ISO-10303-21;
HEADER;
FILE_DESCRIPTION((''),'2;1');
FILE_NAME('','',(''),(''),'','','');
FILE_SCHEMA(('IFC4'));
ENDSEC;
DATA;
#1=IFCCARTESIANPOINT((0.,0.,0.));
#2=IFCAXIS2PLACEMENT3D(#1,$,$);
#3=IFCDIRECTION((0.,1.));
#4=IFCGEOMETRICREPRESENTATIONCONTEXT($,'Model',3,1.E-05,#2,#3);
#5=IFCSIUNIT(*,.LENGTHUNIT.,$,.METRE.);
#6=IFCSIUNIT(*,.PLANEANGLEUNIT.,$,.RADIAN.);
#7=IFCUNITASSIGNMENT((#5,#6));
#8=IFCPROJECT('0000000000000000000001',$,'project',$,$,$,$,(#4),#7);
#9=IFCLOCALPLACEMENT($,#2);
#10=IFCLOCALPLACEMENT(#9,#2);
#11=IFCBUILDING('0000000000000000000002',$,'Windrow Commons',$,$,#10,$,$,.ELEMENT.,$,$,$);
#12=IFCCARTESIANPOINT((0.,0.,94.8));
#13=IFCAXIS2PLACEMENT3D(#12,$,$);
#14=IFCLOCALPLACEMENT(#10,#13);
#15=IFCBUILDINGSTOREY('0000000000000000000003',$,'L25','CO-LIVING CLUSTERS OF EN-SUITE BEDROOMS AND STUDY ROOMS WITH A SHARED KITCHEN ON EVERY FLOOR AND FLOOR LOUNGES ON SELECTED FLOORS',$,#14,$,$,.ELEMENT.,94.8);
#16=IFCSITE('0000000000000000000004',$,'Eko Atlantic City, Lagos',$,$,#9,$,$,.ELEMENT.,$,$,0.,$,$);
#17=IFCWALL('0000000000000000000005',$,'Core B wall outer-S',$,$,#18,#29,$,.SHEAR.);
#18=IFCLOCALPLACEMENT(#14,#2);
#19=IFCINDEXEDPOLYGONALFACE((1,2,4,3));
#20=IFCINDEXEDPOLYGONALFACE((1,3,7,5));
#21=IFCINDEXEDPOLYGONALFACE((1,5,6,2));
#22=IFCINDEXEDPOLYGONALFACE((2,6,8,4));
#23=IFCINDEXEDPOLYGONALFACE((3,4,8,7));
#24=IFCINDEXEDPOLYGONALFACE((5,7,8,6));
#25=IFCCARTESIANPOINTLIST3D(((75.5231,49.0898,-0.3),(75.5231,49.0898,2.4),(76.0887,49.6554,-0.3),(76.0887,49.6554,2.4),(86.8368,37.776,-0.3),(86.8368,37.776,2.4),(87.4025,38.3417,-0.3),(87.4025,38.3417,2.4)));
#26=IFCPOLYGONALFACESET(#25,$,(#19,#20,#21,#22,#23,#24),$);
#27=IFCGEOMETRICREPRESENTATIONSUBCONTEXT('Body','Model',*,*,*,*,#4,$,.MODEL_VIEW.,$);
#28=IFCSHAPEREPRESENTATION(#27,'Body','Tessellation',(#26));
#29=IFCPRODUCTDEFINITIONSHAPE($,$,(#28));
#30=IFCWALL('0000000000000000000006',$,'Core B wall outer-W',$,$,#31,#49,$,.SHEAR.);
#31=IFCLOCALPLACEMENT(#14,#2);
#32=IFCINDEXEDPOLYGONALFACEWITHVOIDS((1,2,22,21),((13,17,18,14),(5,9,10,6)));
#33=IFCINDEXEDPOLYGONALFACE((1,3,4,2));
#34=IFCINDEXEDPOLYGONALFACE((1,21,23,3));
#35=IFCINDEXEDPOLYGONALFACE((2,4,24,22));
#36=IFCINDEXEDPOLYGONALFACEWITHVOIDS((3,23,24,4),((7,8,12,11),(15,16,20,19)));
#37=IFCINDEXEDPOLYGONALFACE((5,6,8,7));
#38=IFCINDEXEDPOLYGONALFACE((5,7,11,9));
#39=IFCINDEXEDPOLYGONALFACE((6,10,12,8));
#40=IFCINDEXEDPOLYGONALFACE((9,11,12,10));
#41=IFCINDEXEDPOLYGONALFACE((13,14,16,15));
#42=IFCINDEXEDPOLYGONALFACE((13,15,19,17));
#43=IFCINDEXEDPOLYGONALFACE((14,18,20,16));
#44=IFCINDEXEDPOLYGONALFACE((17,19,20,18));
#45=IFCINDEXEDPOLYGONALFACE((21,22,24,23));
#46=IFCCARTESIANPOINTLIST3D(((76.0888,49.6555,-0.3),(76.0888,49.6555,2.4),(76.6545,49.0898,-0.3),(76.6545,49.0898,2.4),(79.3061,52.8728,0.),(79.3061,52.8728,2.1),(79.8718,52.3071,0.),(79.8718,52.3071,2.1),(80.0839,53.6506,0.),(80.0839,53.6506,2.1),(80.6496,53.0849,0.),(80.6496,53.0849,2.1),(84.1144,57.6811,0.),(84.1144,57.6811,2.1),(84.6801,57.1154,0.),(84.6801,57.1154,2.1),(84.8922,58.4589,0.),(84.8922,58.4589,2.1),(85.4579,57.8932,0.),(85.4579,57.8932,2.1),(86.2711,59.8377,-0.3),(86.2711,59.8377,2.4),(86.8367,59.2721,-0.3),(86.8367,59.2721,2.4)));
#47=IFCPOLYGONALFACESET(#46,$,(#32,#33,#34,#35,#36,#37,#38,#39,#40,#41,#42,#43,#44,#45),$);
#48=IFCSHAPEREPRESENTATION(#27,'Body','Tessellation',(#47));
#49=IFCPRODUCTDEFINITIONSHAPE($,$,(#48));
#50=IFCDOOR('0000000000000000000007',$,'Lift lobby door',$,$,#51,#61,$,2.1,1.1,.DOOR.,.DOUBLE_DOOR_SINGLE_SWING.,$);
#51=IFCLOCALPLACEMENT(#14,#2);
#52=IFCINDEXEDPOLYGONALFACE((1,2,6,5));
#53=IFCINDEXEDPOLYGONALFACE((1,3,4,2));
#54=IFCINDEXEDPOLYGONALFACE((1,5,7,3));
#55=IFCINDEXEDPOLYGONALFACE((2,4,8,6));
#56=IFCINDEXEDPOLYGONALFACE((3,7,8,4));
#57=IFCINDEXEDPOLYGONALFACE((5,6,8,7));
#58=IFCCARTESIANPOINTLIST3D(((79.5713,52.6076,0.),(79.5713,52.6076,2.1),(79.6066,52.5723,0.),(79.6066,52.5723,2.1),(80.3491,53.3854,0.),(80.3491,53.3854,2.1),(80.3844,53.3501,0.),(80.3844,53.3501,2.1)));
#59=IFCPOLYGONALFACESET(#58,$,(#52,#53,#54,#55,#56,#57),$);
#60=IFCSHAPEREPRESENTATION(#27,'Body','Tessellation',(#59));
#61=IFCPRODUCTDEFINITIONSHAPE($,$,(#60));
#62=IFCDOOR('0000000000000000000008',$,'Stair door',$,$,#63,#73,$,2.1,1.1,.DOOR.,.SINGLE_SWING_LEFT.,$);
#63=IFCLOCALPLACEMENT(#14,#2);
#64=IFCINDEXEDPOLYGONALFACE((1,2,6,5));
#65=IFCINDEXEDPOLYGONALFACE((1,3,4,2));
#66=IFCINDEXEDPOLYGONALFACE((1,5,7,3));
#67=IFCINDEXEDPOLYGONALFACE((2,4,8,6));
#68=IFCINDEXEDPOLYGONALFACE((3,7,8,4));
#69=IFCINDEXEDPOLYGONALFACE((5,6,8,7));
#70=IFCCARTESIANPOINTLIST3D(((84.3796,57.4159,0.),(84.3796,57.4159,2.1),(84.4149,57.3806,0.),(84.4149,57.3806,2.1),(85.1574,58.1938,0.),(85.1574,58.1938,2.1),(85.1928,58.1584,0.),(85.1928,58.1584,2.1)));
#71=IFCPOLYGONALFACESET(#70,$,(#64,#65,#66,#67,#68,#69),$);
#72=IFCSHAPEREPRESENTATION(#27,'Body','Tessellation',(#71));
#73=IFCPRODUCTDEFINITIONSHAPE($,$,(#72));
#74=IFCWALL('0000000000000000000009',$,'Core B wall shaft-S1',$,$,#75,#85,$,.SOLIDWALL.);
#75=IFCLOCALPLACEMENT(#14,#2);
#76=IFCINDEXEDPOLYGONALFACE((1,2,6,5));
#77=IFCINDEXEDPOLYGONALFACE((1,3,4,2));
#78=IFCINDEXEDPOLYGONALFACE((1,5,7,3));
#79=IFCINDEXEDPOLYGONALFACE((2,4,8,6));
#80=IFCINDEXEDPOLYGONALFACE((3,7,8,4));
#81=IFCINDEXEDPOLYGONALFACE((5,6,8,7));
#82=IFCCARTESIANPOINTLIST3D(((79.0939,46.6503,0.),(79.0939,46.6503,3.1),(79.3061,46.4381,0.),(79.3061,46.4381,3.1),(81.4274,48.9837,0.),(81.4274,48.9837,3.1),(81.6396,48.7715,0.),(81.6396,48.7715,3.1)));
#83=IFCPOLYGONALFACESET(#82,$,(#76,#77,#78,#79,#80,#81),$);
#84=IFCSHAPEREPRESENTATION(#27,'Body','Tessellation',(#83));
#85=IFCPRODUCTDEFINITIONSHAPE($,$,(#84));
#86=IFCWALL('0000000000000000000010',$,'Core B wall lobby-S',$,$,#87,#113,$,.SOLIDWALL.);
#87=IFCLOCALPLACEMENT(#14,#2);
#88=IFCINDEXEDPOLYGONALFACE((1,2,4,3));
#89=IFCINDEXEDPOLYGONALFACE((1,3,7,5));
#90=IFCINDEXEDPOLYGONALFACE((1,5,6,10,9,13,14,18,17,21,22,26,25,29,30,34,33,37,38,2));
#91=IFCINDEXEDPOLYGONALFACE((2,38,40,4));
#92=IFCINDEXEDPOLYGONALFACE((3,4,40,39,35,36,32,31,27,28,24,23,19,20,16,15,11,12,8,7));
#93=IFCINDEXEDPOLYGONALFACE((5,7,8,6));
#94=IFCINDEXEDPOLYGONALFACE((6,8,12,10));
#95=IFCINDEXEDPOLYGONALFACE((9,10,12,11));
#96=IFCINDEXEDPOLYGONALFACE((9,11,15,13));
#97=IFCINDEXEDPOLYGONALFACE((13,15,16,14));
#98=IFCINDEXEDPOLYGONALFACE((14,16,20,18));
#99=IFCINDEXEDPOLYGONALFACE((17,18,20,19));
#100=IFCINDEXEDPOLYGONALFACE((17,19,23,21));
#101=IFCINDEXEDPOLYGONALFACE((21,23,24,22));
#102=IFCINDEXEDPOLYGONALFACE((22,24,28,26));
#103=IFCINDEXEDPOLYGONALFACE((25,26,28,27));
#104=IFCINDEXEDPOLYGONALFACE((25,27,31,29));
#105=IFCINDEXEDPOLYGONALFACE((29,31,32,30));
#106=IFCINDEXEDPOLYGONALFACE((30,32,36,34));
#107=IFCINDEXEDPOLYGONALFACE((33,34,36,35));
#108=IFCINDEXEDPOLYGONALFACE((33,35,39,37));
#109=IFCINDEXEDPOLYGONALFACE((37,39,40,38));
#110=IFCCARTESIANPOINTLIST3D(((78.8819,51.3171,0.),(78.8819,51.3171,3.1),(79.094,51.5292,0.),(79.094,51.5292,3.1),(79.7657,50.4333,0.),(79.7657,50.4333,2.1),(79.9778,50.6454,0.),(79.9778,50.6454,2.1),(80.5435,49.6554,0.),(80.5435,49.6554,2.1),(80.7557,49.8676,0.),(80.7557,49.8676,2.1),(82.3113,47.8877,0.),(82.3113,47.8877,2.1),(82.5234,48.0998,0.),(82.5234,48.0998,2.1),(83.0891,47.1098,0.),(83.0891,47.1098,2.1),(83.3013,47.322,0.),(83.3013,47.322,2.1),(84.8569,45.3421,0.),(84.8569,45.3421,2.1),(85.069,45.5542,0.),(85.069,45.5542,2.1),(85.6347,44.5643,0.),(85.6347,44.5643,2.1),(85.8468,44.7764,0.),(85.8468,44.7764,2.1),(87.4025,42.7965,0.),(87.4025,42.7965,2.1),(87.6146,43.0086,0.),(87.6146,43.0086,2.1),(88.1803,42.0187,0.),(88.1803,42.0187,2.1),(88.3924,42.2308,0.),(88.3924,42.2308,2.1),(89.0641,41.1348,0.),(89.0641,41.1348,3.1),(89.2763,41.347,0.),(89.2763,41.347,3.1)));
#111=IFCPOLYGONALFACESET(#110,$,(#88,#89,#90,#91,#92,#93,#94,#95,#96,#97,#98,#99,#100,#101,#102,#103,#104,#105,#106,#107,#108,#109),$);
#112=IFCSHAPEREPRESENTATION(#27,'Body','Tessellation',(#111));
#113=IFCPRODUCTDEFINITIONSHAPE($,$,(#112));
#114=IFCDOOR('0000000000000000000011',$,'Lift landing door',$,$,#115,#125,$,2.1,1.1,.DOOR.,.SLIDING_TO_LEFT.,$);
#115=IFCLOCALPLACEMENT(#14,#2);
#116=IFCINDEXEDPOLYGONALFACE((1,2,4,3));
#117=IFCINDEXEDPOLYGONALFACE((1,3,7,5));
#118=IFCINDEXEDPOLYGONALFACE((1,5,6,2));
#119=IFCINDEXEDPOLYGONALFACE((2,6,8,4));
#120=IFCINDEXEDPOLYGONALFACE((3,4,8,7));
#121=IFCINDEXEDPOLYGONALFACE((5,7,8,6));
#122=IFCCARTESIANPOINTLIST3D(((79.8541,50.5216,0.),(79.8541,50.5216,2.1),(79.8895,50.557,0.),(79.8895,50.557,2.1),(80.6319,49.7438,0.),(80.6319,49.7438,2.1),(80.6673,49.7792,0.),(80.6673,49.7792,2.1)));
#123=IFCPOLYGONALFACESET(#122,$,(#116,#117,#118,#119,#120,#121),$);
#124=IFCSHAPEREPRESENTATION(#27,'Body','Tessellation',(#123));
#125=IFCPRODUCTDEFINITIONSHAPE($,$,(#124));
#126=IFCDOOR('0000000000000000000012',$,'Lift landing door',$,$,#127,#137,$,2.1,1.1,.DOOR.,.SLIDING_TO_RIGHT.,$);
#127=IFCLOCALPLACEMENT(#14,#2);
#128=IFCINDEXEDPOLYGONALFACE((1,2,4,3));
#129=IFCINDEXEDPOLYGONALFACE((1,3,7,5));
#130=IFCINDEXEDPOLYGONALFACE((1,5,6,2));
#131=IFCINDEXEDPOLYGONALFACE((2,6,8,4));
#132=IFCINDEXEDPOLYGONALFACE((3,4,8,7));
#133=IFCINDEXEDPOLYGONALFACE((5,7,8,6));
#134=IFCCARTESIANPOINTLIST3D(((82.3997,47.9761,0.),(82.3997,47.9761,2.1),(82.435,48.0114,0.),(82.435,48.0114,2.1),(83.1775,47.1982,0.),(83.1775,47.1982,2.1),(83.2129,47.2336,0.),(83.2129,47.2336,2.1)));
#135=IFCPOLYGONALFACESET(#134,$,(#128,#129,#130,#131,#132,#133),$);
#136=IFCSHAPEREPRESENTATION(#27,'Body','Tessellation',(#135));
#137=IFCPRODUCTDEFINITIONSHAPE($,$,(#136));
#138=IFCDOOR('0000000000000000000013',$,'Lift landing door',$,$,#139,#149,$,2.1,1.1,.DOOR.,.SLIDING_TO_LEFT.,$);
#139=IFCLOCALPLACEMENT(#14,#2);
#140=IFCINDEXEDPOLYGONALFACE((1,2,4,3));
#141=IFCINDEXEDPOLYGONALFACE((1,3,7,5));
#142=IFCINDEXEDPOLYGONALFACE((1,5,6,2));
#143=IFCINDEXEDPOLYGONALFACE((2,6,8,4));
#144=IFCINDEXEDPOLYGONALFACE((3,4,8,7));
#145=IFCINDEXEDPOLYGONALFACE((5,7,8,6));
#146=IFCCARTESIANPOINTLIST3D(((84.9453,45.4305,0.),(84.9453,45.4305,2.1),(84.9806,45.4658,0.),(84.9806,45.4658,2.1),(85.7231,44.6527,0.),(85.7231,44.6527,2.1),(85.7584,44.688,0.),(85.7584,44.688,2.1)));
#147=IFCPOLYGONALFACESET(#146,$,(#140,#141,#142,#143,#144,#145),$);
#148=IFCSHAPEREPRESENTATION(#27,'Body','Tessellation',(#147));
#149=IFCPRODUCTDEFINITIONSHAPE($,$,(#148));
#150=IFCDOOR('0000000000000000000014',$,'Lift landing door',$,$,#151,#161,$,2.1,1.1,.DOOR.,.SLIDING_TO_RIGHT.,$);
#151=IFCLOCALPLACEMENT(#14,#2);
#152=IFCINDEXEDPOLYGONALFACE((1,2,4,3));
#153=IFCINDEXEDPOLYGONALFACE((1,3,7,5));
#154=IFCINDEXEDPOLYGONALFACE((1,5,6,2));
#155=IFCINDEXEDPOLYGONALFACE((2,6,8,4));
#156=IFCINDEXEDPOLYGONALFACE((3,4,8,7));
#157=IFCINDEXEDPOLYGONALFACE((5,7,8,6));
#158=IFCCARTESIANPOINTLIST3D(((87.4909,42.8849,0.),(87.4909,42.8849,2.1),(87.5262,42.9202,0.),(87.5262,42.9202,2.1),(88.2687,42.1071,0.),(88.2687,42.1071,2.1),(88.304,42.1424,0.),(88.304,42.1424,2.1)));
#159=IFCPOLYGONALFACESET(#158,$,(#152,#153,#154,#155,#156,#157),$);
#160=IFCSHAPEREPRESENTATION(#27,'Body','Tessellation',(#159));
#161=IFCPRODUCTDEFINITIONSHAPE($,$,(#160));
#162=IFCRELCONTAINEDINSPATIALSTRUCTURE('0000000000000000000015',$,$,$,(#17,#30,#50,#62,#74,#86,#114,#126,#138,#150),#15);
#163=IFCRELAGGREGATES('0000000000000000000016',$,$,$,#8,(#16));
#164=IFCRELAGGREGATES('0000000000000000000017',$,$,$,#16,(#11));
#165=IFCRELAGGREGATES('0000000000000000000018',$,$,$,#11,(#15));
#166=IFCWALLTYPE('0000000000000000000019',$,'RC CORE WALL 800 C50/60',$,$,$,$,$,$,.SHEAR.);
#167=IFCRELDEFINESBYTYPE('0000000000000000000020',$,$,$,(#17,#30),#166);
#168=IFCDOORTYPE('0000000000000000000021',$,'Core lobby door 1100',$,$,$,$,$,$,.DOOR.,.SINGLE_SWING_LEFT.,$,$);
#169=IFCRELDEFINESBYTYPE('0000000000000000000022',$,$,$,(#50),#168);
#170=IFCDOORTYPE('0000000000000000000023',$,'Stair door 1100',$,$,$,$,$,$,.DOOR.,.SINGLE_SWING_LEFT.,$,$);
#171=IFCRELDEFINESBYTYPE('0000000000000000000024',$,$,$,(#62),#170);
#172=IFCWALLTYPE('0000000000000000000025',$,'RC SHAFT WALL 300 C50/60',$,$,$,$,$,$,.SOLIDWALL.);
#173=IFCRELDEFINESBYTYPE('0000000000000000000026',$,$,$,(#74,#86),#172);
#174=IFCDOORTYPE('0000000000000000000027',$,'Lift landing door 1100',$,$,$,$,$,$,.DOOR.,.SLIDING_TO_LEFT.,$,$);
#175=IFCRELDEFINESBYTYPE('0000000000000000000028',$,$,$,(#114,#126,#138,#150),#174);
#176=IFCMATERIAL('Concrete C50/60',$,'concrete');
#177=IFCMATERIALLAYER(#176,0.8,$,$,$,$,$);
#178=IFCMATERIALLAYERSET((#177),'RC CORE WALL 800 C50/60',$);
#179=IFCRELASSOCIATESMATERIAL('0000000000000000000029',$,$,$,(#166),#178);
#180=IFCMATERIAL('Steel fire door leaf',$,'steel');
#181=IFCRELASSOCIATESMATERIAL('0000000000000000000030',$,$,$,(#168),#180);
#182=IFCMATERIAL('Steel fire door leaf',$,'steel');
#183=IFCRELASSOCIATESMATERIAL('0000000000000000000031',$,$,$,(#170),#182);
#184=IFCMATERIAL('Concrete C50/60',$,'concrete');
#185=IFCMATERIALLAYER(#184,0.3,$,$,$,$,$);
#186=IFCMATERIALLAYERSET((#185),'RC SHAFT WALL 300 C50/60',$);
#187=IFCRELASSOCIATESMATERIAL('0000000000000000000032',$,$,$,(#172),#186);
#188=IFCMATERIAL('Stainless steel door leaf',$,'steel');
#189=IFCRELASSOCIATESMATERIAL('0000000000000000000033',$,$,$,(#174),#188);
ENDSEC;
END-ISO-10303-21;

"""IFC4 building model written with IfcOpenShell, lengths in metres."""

from ifc_helpers import new_model, si_unit, direction, frame, frame_2d, origin, place, context, subcontext, project, spatial, rectangle, extrude, material, layer, layer_set, type_object, element, fill, save


model = new_model("IFC4")

# Units and contexts
model_context = context("Model", 3, precision=1e-05, world=origin(), true_north=direction((0.0, 1.0)))
body_context = subcontext(model_context, "Body", "Model", "MODEL_VIEW")
ifc_project = project(units=[si_unit("LENGTHUNIT", "METRE"), si_unit("PLANEANGLEUNIT", "RADIAN")], contexts=[model_context])

# Site, building, storey
site_placement = place(None, origin())
site = spatial("IfcSite", under=ifc_project, at=site_placement, Name="Eko Atlantic City, Lagos", CompositionType="ELEMENT", RefElevation=0.0)
building_placement = place(site_placement, origin())
building = spatial("IfcBuilding", under=site, at=building_placement, Name="Windrow Commons", CompositionType="ELEMENT")
storey_placement = place(building_placement, frame((0.0, 0.0, 94.8)))
storey = spatial("IfcBuildingStorey", under=building, at=storey_placement, Name="L25", Description="CO-LIVING CLUSTERS OF EN-SUITE BEDROOMS AND STUDY ROOMS WITH A SHARED KITCHEN ON EVERY FLOOR AND FLOOR LOUNGES ON SELECTED FLOORS", CompositionType="ELEMENT", Elevation=94.8)

# Shared definitions
ifc_material_1 = material(Name="Concrete C50/60", Category="concrete")
ifc_layer_1 = layer(ifc_material_1, 0.8)
ifc_layer_set_1 = layer_set([ifc_layer_1], Name="RC CORE WALL 800 C50/60")
wall_type_1 = type_object("IfcWallType", Name="RC CORE WALL 800 C50/60", PredefinedType="SHEAR", material=ifc_layer_set_1)
ifc_material_2 = material(Name="Steel fire door leaf", Category="steel")
door_type_1 = type_object("IfcDoorType", Name="Core lobby door 1100", OperationType="SINGLE_SWING_LEFT", PredefinedType="DOOR", material=ifc_material_2)
ifc_material_3 = material(Name="Steel fire door leaf", Category="steel")
door_type_2 = type_object("IfcDoorType", Name="Stair door 1100", OperationType="SINGLE_SWING_LEFT", PredefinedType="DOOR", material=ifc_material_3)

# Wall
wall_1_placement = place(storey_placement, frame((75.8059, 49.3726, -0.3), z_axis=(0.0, 0.0, 1.0), x_axis=(0.707107, -0.707107, 0.0)))
element("IfcWall", 1, at=wall_1_placement, inside=storey, type_object=wall_type_1, Name="Core B wall outer-S", PredefinedType="SHEAR", context=body_context, shape_type="SweptSolid", body=[
    extrude(rectangle(XDim=16.0, YDim=0.8, at=frame_2d((8.0, 0.0))), origin(), (0.0, 0.0, 1.0), 2.7),
])

# Wall, openings, doors
wall_2_placement = place(storey_placement, frame((76.3716, 49.3726, -0.3), z_axis=(0.0, 0.0, 1.0), x_axis=(0.707107, 0.707107, 0.0)))
wall_2 = element("IfcWall", 2, at=wall_2_placement, inside=storey, type_object=wall_type_1, Name="Core B wall outer-W", PredefinedType="SHEAR", context=body_context, shape_type="SweptSolid", body=[
    extrude(rectangle(XDim=14.3999, YDim=0.8, at=frame_2d((7.2, 0.0))), origin(), (0.0, 0.0, 1.0), 2.7),
])
opening_1_placement = place(wall_2_placement, frame((4.55, 0.0, 0.3)))
opening_1 = element("IfcOpeningElement", 3, at=opening_1_placement, cuts=wall_2, PredefinedType="OPENING", context=body_context, shape_type="SweptSolid", body=[
    extrude(rectangle(XDim=1.1, YDim=2.1, at=frame_2d((0.55, 1.05))), frame((0.0, 0.41, 0.0), z_axis=(0.0, -1.0, 0.0), x_axis=(1.0, 0.0, 0.0)), (0.0, 0.0, 1.0), 0.82),
])
opening_2_placement = place(wall_2_placement, frame((11.35, 0.0, 0.3)))
opening_2 = element("IfcOpeningElement", 4, at=opening_2_placement, cuts=wall_2, PredefinedType="OPENING", context=body_context, shape_type="SweptSolid", body=[
    extrude(rectangle(XDim=1.1, YDim=2.1, at=frame_2d((0.55, 1.05))), frame((0.0, 0.41, 0.0), z_axis=(0.0, -1.0, 0.0), x_axis=(1.0, 0.0, 0.0)), (0.0, 0.0, 1.0), 0.82),
])
door_1_placement = place(opening_1_placement, origin())
door_1 = element("IfcDoor", 5, at=door_1_placement, inside=storey, type_object=door_type_1, Name="Lift lobby door", OperationType="DOUBLE_DOOR_SINGLE_SWING", OverallHeight=2.1, OverallWidth=1.1, PredefinedType="DOOR", context=body_context, shape_type="SweptSolid", body=[
    extrude(rectangle(XDim=1.1, YDim=2.1, at=frame_2d((0.55, 1.05))), frame((0.0, 0.025, 0.0), z_axis=(0.0, -1.0, 0.0), x_axis=(1.0, 0.0, 0.0)), (0.0, 0.0, 1.0), 0.05),
])
fill(opening_1, door_1)
door_2_placement = place(opening_2_placement, origin())
door_2 = element("IfcDoor", 6, at=door_2_placement, inside=storey, type_object=door_type_2, Name="Stair door", OperationType="SINGLE_SWING_LEFT", OverallHeight=2.1, OverallWidth=1.1, PredefinedType="DOOR", context=body_context, shape_type="SweptSolid", body=[
    extrude(rectangle(XDim=1.1, YDim=2.1, at=frame_2d((0.55, 1.05))), frame((0.0, 0.025, 0.0), z_axis=(0.0, -1.0, 0.0), x_axis=(1.0, 0.0, 0.0)), (0.0, 0.0, 1.0), 0.05),
])
fill(opening_2, door_2)

# Wall
ifc_material_4 = material(Name="Concrete C50/60", Category="concrete")
ifc_layer_2 = layer(ifc_material_4, 0.3)
ifc_layer_set_2 = layer_set([ifc_layer_2], Name="RC SHAFT WALL 300 C50/60")
wall_type_2 = type_object("IfcWallType", Name="RC SHAFT WALL 300 C50/60", PredefinedType="SOLIDWALL", material=ifc_layer_set_2)
wall_3_placement = place(storey_placement, frame((79.2, 46.5442, 0.0), z_axis=(0.0, 0.0, 1.0), x_axis=(0.707122, 0.707092, 0.0)))
element("IfcWall", 7, at=wall_3_placement, inside=storey, type_object=wall_type_2, Name="Core B wall shaft-S1", PredefinedType="SOLIDWALL", context=body_context, shape_type="SweptSolid", body=[
    extrude(rectangle(XDim=3.3, YDim=0.3, at=frame_2d((1.65, 0.0))), origin(), (0.0, 0.0, 1.0), 3.1),
])

# Wall, openings, doors
wall_4_placement = place(storey_placement, frame((78.9879, 51.4232, 0.0), z_axis=(0.0, 0.0, 1.0), x_axis=(0.707107, -0.707107, 0.0)))
wall_4 = element("IfcWall", 8, at=wall_4_placement, inside=storey, type_object=wall_type_2, Name="Core B wall lobby-S", PredefinedType="SOLIDWALL", context=body_context, shape_type="SweptSolid", body=[
    extrude(rectangle(XDim=14.3999, YDim=0.3, at=frame_2d((7.2, 0.0))), origin(), (0.0, 0.0, 1.0), 3.1),
])
opening_3_placement = place(wall_4_placement, frame((1.25, 0.0, 0.0)))
opening_3 = element("IfcOpeningElement", 9, at=opening_3_placement, cuts=wall_4, PredefinedType="OPENING", context=body_context, shape_type="SweptSolid", body=[
    extrude(rectangle(XDim=1.1, YDim=2.1, at=frame_2d((0.55, 1.05))), frame((0.0, 0.16, 0.0), z_axis=(0.0, -1.0, 0.0), x_axis=(1.0, 0.0, 0.0)), (0.0, 0.0, 1.0), 0.32),
])
opening_4_placement = place(wall_4_placement, frame((4.85, 0.0, 0.0)))
opening_4 = element("IfcOpeningElement", 10, at=opening_4_placement, cuts=wall_4, PredefinedType="OPENING", context=body_context, shape_type="SweptSolid", body=[
    extrude(rectangle(XDim=1.1, YDim=2.1, at=frame_2d((0.55, 1.05))), frame((0.0, 0.16, 0.0), z_axis=(0.0, -1.0, 0.0), x_axis=(1.0, 0.0, 0.0)), (0.0, 0.0, 1.0), 0.32),
])
opening_5_placement = place(wall_4_placement, frame((8.45, 0.0, 0.0)))
opening_5 = element("IfcOpeningElement", 11, at=opening_5_placement, cuts=wall_4, PredefinedType="OPENING", context=body_context, shape_type="SweptSolid", body=[
    extrude(rectangle(XDim=1.1, YDim=2.1, at=frame_2d((0.55, 1.05))), frame((0.0, 0.16, 0.0), z_axis=(0.0, -1.0, 0.0), x_axis=(1.0, 0.0, 0.0)), (0.0, 0.0, 1.0), 0.32),
])
opening_6_placement = place(wall_4_placement, frame((12.05, 0.0, 0.0)))
opening_6 = element("IfcOpeningElement", 12, at=opening_6_placement, cuts=wall_4, PredefinedType="OPENING", context=body_context, shape_type="SweptSolid", body=[
    extrude(rectangle(XDim=1.1, YDim=2.1, at=frame_2d((0.55, 1.05))), frame((0.0, 0.16, 0.0), z_axis=(0.0, -1.0, 0.0), x_axis=(1.0, 0.0, 0.0)), (0.0, 0.0, 1.0), 0.32),
])
ifc_material_5 = material(Name="Stainless steel door leaf", Category="steel")
door_type_3 = type_object("IfcDoorType", Name="Lift landing door 1100", OperationType="SLIDING_TO_LEFT", PredefinedType="DOOR", material=ifc_material_5)
door_3_placement = place(opening_3_placement, origin())
door_3 = element("IfcDoor", 13, at=door_3_placement, inside=storey, type_object=door_type_3, Name="Lift landing door", OperationType="SLIDING_TO_LEFT", OverallHeight=2.1, OverallWidth=1.1, PredefinedType="DOOR", context=body_context, shape_type="SweptSolid", body=[
    extrude(rectangle(XDim=1.1, YDim=2.1, at=frame_2d((0.55, 1.05))), frame((0.0, 0.025, 0.0), z_axis=(0.0, -1.0, 0.0), x_axis=(1.0, 0.0, 0.0)), (0.0, 0.0, 1.0), 0.05),
])
fill(opening_3, door_3)
door_4_placement = place(opening_4_placement, origin())
door_4 = element("IfcDoor", 14, at=door_4_placement, inside=storey, type_object=door_type_3, Name="Lift landing door", OperationType="SLIDING_TO_RIGHT", OverallHeight=2.1, OverallWidth=1.1, PredefinedType="DOOR", context=body_context, shape_type="SweptSolid", body=[
    extrude(rectangle(XDim=1.1, YDim=2.1, at=frame_2d((0.55, 1.05))), frame((0.0, 0.025, 0.0), z_axis=(0.0, -1.0, 0.0), x_axis=(1.0, 0.0, 0.0)), (0.0, 0.0, 1.0), 0.05),
])
fill(opening_4, door_4)
door_5_placement = place(opening_5_placement, origin())
door_5 = element("IfcDoor", 15, at=door_5_placement, inside=storey, type_object=door_type_3, Name="Lift landing door", OperationType="SLIDING_TO_LEFT", OverallHeight=2.1, OverallWidth=1.1, PredefinedType="DOOR", context=body_context, shape_type="SweptSolid", body=[
    extrude(rectangle(XDim=1.1, YDim=2.1, at=frame_2d((0.55, 1.05))), frame((0.0, 0.025, 0.0), z_axis=(0.0, -1.0, 0.0), x_axis=(1.0, 0.0, 0.0)), (0.0, 0.0, 1.0), 0.05),
])
fill(opening_5, door_5)
door_6_placement = place(opening_6_placement, origin())
door_6 = element("IfcDoor", 16, at=door_6_placement, inside=storey, type_object=door_type_3, Name="Lift landing door", OperationType="SLIDING_TO_RIGHT", OverallHeight=2.1, OverallWidth=1.1, PredefinedType="DOOR", context=body_context, shape_type="SweptSolid", body=[
    extrude(rectangle(XDim=1.1, YDim=2.1, at=frame_2d((0.55, 1.05))), frame((0.0, 0.025, 0.0), z_axis=(0.0, -1.0, 0.0), x_axis=(1.0, 0.0, 0.0)), (0.0, 0.0, 1.0), 0.05),
])
fill(opening_6, door_6)

save(model, "model.ifc")
